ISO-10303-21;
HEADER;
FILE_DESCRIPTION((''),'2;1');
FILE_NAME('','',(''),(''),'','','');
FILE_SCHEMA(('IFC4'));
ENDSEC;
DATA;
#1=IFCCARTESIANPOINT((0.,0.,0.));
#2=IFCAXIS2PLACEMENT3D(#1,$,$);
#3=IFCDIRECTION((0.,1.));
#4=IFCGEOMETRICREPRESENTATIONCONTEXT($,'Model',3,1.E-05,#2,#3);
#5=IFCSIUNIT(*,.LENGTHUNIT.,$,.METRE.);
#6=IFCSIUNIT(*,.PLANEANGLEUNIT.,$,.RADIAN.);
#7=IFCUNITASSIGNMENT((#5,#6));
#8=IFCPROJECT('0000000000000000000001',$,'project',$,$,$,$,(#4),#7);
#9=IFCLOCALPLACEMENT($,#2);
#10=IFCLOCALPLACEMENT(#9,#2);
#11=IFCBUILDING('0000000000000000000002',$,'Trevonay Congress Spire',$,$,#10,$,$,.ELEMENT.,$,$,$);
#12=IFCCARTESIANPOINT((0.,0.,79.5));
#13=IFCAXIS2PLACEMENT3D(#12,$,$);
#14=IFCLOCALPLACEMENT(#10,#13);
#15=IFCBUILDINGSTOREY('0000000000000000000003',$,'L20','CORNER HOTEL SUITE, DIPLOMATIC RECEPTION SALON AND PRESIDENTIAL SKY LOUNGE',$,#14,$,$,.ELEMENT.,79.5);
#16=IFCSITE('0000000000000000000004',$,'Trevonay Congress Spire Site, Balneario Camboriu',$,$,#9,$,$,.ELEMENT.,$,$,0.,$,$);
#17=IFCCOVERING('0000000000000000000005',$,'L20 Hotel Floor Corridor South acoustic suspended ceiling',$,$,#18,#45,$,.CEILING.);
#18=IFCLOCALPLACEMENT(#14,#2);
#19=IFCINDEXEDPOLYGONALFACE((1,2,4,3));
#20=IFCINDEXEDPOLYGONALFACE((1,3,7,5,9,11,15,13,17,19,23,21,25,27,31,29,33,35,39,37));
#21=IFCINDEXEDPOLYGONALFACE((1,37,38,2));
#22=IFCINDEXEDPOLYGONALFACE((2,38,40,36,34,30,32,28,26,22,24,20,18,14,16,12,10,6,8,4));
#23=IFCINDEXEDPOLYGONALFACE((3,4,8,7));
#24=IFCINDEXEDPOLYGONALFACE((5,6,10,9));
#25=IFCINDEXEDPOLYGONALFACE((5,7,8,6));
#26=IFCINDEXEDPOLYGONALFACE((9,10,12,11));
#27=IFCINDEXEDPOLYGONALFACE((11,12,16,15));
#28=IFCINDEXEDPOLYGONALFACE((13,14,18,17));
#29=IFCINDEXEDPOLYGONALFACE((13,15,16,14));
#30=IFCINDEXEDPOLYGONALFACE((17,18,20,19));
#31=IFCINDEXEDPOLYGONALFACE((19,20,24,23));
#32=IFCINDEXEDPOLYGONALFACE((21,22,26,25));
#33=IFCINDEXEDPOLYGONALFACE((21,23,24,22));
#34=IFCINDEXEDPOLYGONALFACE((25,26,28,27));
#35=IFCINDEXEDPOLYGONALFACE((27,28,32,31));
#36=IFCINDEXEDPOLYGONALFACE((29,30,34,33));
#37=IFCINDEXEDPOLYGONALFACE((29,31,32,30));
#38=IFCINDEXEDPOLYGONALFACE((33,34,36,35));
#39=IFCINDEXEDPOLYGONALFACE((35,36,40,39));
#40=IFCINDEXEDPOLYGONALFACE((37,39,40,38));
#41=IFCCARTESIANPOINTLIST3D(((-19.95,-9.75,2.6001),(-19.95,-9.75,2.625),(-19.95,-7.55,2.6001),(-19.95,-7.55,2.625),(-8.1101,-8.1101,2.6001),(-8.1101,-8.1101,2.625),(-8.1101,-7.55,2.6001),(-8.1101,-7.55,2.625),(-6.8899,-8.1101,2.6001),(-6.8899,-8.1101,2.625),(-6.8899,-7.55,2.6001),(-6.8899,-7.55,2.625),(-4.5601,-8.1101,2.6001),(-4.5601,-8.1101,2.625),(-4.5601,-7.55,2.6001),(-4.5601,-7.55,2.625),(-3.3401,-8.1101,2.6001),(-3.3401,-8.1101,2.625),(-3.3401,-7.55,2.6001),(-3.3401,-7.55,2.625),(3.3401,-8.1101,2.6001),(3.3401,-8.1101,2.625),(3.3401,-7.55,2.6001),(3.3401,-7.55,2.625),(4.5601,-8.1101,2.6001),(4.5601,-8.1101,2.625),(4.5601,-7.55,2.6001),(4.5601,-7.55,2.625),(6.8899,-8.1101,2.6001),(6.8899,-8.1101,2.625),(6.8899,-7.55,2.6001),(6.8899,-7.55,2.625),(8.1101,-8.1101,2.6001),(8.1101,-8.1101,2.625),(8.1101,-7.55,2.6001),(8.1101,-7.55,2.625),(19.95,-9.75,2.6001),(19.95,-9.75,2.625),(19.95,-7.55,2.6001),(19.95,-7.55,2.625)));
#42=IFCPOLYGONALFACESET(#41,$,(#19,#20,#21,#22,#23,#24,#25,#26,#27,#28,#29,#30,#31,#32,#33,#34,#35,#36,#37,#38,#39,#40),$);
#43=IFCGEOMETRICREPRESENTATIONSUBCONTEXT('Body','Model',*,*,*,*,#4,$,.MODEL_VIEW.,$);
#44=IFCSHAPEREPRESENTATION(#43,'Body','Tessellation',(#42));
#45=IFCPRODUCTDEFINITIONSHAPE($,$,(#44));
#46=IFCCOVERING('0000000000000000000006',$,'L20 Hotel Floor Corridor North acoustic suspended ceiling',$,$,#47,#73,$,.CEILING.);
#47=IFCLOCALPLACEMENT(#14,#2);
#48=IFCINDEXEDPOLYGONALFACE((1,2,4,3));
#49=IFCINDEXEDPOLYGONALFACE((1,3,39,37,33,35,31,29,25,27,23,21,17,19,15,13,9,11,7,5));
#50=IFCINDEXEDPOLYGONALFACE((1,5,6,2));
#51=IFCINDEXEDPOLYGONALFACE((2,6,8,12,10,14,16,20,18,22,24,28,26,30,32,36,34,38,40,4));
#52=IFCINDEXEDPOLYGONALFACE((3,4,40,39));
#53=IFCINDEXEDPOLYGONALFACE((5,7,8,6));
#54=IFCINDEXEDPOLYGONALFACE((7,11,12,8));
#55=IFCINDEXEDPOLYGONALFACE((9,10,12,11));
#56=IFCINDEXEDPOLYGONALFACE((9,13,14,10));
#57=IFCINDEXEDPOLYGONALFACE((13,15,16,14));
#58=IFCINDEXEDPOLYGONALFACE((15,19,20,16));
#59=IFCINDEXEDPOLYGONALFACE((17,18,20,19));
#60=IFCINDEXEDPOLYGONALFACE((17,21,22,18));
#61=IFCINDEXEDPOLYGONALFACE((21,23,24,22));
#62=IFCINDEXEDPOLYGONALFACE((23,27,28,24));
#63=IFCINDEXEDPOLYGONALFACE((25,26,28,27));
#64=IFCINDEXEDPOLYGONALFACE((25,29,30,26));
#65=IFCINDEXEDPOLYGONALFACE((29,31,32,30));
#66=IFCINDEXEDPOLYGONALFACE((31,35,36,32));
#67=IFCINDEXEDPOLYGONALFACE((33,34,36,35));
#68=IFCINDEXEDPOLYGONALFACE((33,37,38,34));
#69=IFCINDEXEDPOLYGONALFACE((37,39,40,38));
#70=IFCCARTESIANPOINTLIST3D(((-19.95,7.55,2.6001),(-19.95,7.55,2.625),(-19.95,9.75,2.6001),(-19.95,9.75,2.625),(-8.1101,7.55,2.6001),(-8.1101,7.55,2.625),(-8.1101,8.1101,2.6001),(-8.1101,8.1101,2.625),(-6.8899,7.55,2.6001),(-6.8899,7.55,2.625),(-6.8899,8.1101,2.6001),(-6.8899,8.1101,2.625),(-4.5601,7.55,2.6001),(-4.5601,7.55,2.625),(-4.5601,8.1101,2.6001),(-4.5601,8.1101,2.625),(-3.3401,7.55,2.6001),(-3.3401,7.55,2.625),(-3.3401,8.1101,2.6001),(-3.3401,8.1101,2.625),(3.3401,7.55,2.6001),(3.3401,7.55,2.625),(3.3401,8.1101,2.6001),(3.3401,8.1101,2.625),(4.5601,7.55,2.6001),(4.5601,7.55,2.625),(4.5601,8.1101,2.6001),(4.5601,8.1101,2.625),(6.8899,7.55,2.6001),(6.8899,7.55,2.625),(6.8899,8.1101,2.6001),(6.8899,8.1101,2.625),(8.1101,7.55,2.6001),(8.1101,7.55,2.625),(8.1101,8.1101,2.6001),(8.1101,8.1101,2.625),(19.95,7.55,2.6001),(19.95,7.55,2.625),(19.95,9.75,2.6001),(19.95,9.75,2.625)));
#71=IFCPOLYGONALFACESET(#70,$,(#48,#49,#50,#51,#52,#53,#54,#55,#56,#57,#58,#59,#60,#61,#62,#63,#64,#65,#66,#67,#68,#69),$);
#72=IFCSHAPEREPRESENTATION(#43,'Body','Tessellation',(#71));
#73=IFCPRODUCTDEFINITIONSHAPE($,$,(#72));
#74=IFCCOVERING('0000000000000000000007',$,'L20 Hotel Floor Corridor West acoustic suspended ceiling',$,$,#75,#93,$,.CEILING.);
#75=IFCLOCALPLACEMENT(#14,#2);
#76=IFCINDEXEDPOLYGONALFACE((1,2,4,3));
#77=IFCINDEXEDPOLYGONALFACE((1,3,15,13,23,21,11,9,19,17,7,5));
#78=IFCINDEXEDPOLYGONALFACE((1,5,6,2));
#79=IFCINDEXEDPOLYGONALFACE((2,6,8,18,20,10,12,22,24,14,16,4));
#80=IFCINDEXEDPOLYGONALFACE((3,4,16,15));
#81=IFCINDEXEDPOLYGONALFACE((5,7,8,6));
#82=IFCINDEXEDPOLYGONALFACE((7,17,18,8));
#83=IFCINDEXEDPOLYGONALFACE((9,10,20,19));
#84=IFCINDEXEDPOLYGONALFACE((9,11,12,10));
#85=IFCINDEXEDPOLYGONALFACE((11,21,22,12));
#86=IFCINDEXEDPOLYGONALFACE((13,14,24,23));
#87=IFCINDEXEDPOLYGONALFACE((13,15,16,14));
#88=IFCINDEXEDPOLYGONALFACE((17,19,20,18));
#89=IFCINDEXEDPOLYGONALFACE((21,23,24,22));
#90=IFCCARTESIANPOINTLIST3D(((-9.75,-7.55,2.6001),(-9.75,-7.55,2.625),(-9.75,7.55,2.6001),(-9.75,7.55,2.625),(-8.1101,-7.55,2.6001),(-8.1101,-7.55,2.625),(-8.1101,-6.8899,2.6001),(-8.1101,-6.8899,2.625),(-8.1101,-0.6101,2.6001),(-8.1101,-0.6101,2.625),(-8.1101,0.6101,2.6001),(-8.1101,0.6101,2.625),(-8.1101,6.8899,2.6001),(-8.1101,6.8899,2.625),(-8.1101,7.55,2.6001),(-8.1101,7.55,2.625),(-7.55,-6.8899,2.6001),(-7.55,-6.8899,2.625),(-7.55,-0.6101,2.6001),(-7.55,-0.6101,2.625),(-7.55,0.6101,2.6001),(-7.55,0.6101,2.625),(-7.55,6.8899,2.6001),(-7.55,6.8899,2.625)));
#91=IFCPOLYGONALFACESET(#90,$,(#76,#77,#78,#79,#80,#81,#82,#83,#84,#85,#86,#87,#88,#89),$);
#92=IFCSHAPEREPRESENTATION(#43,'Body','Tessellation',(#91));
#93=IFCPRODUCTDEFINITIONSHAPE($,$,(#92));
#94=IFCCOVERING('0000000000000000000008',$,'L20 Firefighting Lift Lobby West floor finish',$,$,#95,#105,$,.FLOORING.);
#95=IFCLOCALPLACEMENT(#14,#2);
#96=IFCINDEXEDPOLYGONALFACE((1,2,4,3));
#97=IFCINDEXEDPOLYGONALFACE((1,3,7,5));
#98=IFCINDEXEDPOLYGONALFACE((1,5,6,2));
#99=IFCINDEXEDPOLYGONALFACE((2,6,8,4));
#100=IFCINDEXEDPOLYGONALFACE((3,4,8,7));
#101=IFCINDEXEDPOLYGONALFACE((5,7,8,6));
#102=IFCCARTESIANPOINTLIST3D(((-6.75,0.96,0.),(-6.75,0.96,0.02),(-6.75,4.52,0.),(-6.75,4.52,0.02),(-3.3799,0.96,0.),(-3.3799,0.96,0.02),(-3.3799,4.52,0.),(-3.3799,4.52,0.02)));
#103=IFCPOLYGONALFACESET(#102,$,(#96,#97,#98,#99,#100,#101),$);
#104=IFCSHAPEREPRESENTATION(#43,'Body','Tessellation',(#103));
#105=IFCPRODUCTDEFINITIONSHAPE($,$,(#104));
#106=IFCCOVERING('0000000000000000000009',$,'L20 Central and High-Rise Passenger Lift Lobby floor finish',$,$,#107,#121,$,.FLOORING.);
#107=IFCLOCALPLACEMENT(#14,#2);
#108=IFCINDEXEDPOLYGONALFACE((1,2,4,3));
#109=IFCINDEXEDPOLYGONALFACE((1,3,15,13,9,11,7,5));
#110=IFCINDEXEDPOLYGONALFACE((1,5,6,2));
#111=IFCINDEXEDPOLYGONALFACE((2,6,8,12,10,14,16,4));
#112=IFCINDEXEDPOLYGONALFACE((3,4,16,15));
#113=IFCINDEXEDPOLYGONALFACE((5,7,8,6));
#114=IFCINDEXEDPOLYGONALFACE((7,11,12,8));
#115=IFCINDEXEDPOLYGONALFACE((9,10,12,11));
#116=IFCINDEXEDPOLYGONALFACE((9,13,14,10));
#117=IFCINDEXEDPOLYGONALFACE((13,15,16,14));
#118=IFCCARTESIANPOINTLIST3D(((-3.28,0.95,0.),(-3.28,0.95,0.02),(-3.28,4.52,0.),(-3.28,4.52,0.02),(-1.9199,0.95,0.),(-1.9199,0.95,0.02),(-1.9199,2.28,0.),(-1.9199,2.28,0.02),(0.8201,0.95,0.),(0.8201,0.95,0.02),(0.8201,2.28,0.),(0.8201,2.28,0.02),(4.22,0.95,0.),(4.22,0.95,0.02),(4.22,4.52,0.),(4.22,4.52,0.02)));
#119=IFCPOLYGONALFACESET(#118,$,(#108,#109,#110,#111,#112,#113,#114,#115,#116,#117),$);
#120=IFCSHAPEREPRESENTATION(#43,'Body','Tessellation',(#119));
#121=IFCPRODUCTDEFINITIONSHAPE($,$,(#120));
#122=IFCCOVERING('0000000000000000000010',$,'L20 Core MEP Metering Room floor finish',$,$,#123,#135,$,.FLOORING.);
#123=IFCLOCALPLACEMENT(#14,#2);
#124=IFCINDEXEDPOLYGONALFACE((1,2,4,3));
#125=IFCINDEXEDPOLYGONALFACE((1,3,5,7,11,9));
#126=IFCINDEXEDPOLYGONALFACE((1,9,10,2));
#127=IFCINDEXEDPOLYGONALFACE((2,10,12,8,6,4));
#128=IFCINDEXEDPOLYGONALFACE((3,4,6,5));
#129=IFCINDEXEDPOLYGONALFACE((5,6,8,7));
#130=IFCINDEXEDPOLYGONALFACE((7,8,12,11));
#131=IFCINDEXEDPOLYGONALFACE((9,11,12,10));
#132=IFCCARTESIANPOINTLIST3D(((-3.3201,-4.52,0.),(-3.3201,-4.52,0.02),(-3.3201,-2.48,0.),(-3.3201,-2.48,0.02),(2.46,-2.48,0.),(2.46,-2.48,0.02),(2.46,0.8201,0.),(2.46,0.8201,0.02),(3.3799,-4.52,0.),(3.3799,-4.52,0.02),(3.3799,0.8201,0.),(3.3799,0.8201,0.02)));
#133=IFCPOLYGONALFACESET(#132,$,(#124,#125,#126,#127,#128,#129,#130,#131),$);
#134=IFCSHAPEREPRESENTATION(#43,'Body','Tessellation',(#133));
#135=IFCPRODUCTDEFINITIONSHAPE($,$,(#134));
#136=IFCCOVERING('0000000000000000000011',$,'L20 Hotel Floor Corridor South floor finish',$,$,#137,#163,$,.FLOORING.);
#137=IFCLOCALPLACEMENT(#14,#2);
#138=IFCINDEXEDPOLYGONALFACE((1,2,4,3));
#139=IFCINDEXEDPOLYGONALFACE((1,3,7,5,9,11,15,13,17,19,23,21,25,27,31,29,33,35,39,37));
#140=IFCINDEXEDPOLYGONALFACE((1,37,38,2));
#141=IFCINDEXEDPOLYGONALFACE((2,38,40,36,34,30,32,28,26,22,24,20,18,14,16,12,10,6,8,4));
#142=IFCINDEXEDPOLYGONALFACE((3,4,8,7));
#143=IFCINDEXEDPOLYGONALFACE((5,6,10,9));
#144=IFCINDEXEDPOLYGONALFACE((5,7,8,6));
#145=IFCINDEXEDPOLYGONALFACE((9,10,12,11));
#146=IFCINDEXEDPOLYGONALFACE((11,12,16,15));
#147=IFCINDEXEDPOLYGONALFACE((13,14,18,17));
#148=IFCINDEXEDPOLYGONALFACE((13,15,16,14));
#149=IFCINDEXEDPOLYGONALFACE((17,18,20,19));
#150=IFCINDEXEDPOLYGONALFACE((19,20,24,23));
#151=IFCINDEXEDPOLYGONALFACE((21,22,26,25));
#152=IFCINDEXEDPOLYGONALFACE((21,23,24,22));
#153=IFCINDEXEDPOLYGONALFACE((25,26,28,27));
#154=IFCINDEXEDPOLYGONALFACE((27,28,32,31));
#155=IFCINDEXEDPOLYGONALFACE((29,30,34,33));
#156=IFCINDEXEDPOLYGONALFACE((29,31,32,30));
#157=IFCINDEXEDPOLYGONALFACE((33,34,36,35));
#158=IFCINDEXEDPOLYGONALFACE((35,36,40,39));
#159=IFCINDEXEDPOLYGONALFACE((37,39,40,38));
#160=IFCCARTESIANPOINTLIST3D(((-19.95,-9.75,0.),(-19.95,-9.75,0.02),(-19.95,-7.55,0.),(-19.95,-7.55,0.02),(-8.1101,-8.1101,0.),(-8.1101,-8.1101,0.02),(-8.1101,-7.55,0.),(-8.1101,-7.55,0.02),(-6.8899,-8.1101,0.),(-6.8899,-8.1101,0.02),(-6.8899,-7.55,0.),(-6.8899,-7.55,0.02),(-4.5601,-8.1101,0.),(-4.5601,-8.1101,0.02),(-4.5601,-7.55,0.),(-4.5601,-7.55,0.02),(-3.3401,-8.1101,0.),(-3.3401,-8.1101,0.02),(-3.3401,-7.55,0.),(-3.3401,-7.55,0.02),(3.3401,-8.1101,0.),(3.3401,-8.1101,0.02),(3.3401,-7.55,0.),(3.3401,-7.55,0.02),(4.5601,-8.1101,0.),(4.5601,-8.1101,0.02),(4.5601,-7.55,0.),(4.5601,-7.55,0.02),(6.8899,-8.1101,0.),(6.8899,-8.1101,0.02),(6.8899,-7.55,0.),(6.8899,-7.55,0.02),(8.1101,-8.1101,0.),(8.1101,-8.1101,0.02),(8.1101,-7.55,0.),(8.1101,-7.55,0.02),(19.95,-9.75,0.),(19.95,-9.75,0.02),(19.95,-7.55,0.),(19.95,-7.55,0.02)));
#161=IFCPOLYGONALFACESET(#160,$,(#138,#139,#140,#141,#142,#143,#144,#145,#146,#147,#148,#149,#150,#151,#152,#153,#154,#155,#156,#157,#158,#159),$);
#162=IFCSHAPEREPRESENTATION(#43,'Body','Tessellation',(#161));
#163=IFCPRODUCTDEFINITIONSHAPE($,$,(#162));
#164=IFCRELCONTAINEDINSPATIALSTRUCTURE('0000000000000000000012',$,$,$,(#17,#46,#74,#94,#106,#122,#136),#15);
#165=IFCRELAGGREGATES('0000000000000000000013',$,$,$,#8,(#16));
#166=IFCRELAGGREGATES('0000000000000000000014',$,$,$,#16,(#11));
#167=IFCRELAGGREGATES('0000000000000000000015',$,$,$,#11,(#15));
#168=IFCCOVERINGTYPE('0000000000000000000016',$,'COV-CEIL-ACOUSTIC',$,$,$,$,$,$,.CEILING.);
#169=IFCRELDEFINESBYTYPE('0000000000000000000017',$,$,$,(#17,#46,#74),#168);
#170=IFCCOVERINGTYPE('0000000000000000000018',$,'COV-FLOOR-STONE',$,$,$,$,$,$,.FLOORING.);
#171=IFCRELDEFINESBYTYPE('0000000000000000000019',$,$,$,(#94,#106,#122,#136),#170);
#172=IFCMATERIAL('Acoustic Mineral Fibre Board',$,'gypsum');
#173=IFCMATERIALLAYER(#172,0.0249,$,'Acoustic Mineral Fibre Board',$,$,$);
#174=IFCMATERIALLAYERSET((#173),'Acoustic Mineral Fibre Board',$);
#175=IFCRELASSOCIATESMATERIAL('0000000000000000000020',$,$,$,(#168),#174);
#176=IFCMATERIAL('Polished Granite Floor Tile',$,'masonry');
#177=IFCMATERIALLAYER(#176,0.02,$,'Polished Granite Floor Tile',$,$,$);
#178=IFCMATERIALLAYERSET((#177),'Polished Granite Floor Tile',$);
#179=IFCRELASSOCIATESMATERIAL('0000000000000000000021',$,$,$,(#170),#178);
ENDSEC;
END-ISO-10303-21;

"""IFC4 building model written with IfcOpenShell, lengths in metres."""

from ifc_helpers import new_model, si_unit, direction, frame, origin, place, context, subcontext, project, spatial, polyline, outline, extrude, material, layer, layer_set, type_object, element, save


model = new_model("IFC4")

# Units and contexts
model_context = context("Model", 3, precision=1e-05, world=origin(), true_north=direction((0.0, 1.0)))
body_context = subcontext(model_context, "Body", "Model", "MODEL_VIEW")
ifc_project = project(units=[si_unit("LENGTHUNIT", "METRE"), si_unit("PLANEANGLEUNIT", "RADIAN")], contexts=[model_context])

# Site, building, storey
site_placement = place(None, origin())
site = spatial("IfcSite", under=ifc_project, at=site_placement, Name="Trevonay Congress Spire Site, Balneario Camboriu", CompositionType="ELEMENT", RefElevation=0.0)
building_placement = place(site_placement, origin())
building = spatial("IfcBuilding", under=site, at=building_placement, Name="Trevonay Congress Spire", CompositionType="ELEMENT")
storey_placement = place(building_placement, frame((0.0, 0.0, 79.5)))
storey = spatial("IfcBuildingStorey", under=building, at=storey_placement, Name="L20", Description="CORNER HOTEL SUITE, DIPLOMATIC RECEPTION SALON AND PRESIDENTIAL SKY LOUNGE", CompositionType="ELEMENT", Elevation=79.5)

# Coverings
ifc_material_1 = material(Name="Acoustic Mineral Fibre Board", Category="gypsum")
ifc_layer_1 = layer(ifc_material_1, 0.0249, Name="Acoustic Mineral Fibre Board")
ifc_layer_set_1 = layer_set([ifc_layer_1], Name="Acoustic Mineral Fibre Board")
covering_type_1 = type_object("IfcCoveringType", Name="COV-CEIL-ACOUSTIC", PredefinedType="CEILING", material=ifc_layer_set_1)
covering_1_placement = place(storey_placement, frame((0.0, 0.0, 2.6001)))
element("IfcCovering", 1, at=covering_1_placement, inside=storey, type_object=covering_type_1, Name="L20 Hotel Floor Corridor South acoustic suspended ceiling", PredefinedType="CEILING", context=body_context, shape_type="SweptSolid", body=[
    extrude(outline(polyline([(19.95, -7.55), (19.95, -9.75), (-19.95, -9.75), (-19.95, -7.55), (-8.1101, -7.55), (-8.1101, -8.1101), (-6.8899, -8.1101), (-6.8899, -7.55), (-4.5601, -7.55), (-4.5601, -8.1101), (-3.3401, -8.1101), (-3.3401, -7.55), (3.3401, -7.55), (3.3401, -8.1101), (4.5601, -8.1101), (4.5601, -7.55), (6.8899, -7.55), (6.8899, -8.1101), (8.1101, -8.1101), (8.1101, -7.55), (19.95, -7.55)])), origin(), (0.0, 0.0, 1.0), 0.0249),
])
covering_2_placement = place(storey_placement, frame((0.0, 0.0, 2.6001)))
element("IfcCovering", 2, at=covering_2_placement, inside=storey, type_object=covering_type_1, Name="L20 Hotel Floor Corridor North acoustic suspended ceiling", PredefinedType="CEILING", context=body_context, shape_type="SweptSolid", body=[
    extrude(outline(polyline([(-19.95, 7.55), (-19.95, 9.75), (19.95, 9.75), (19.95, 7.55), (8.1101, 7.55), (8.1101, 8.1101), (6.8899, 8.1101), (6.8899, 7.55), (4.5601, 7.55), (4.5601, 8.1101), (3.3401, 8.1101), (3.3401, 7.55), (-3.3401, 7.55), (-3.3401, 8.1101), (-4.5601, 8.1101), (-4.5601, 7.55), (-6.8899, 7.55), (-6.8899, 8.1101), (-8.1101, 8.1101), (-8.1101, 7.55), (-19.95, 7.55)])), origin(), (0.0, 0.0, 1.0), 0.0249),
])
covering_3_placement = place(storey_placement, frame((0.0, 0.0, 2.6001)))
element("IfcCovering", 3, at=covering_3_placement, inside=storey, type_object=covering_type_1, Name="L20 Hotel Floor Corridor West acoustic suspended ceiling", PredefinedType="CEILING", context=body_context, shape_type="SweptSolid", body=[
    extrude(outline(polyline([(-9.75, 7.55), (-8.1101, 7.55), (-8.1101, 6.8899), (-7.55, 6.8899), (-7.55, 0.6101), (-8.1101, 0.6101), (-8.1101, -0.6101), (-7.55, -0.6101), (-7.55, -6.8899), (-8.1101, -6.8899), (-8.1101, -7.55), (-9.75, -7.55), (-9.75, 7.55)])), origin(), (0.0, 0.0, 1.0), 0.0249),
])
ifc_material_2 = material(Name="Polished Granite Floor Tile", Category="masonry")
ifc_layer_2 = layer(ifc_material_2, 0.02, Name="Polished Granite Floor Tile")
ifc_layer_set_2 = layer_set([ifc_layer_2], Name="Polished Granite Floor Tile")
covering_type_2 = type_object("IfcCoveringType", Name="COV-FLOOR-STONE", PredefinedType="FLOORING", material=ifc_layer_set_2)
covering_4_placement = place(storey_placement, origin())
element("IfcCovering", 4, at=covering_4_placement, inside=storey, type_object=covering_type_2, Name="L20 Firefighting Lift Lobby West floor finish", PredefinedType="FLOORING", context=body_context, shape_type="SweptSolid", body=[
    extrude(outline(polyline([(-6.75, 0.96), (-3.3799, 0.96), (-3.3799, 4.52), (-6.75, 4.52), (-6.75, 0.96)])), origin(), (0.0, 0.0, 1.0), 0.02),
])
covering_5_placement = place(storey_placement, origin())
element("IfcCovering", 5, at=covering_5_placement, inside=storey, type_object=covering_type_2, Name="L20 Central and High-Rise Passenger Lift Lobby floor finish", PredefinedType="FLOORING", context=body_context, shape_type="SweptSolid", body=[
    extrude(outline(polyline([(-3.28, 0.95), (-1.9199, 0.95), (-1.9199, 2.28), (0.8201, 2.28), (0.8201, 0.95), (4.22, 0.95), (4.22, 4.52), (-3.28, 4.52), (-3.28, 0.95)])), origin(), (0.0, 0.0, 1.0), 0.02),
])
covering_6_placement = place(storey_placement, origin())
element("IfcCovering", 6, at=covering_6_placement, inside=storey, type_object=covering_type_2, Name="L20 Core MEP Metering Room floor finish", PredefinedType="FLOORING", context=body_context, shape_type="SweptSolid", body=[
    extrude(outline(polyline([(-3.3201, -4.52), (3.3799, -4.52), (3.3799, 0.8201), (2.46, 0.8201), (2.46, -2.48), (-3.3201, -2.48), (-3.3201, -4.52)])), origin(), (0.0, 0.0, 1.0), 0.02),
])
covering_7_placement = place(storey_placement, origin())
element("IfcCovering", 7, at=covering_7_placement, inside=storey, type_object=covering_type_2, Name="L20 Hotel Floor Corridor South floor finish", PredefinedType="FLOORING", context=body_context, shape_type="SweptSolid", body=[
    extrude(outline(polyline([(19.95, -7.55), (19.95, -9.75), (-19.95, -9.75), (-19.95, -7.55), (-8.1101, -7.55), (-8.1101, -8.1101), (-6.8899, -8.1101), (-6.8899, -7.55), (-4.5601, -7.55), (-4.5601, -8.1101), (-3.3401, -8.1101), (-3.3401, -7.55), (3.3401, -7.55), (3.3401, -8.1101), (4.5601, -8.1101), (4.5601, -7.55), (6.8899, -7.55), (6.8899, -8.1101), (8.1101, -8.1101), (8.1101, -7.55), (19.95, -7.55)])), origin(), (0.0, 0.0, 1.0), 0.02),
])

save(model, "model.ifc")
